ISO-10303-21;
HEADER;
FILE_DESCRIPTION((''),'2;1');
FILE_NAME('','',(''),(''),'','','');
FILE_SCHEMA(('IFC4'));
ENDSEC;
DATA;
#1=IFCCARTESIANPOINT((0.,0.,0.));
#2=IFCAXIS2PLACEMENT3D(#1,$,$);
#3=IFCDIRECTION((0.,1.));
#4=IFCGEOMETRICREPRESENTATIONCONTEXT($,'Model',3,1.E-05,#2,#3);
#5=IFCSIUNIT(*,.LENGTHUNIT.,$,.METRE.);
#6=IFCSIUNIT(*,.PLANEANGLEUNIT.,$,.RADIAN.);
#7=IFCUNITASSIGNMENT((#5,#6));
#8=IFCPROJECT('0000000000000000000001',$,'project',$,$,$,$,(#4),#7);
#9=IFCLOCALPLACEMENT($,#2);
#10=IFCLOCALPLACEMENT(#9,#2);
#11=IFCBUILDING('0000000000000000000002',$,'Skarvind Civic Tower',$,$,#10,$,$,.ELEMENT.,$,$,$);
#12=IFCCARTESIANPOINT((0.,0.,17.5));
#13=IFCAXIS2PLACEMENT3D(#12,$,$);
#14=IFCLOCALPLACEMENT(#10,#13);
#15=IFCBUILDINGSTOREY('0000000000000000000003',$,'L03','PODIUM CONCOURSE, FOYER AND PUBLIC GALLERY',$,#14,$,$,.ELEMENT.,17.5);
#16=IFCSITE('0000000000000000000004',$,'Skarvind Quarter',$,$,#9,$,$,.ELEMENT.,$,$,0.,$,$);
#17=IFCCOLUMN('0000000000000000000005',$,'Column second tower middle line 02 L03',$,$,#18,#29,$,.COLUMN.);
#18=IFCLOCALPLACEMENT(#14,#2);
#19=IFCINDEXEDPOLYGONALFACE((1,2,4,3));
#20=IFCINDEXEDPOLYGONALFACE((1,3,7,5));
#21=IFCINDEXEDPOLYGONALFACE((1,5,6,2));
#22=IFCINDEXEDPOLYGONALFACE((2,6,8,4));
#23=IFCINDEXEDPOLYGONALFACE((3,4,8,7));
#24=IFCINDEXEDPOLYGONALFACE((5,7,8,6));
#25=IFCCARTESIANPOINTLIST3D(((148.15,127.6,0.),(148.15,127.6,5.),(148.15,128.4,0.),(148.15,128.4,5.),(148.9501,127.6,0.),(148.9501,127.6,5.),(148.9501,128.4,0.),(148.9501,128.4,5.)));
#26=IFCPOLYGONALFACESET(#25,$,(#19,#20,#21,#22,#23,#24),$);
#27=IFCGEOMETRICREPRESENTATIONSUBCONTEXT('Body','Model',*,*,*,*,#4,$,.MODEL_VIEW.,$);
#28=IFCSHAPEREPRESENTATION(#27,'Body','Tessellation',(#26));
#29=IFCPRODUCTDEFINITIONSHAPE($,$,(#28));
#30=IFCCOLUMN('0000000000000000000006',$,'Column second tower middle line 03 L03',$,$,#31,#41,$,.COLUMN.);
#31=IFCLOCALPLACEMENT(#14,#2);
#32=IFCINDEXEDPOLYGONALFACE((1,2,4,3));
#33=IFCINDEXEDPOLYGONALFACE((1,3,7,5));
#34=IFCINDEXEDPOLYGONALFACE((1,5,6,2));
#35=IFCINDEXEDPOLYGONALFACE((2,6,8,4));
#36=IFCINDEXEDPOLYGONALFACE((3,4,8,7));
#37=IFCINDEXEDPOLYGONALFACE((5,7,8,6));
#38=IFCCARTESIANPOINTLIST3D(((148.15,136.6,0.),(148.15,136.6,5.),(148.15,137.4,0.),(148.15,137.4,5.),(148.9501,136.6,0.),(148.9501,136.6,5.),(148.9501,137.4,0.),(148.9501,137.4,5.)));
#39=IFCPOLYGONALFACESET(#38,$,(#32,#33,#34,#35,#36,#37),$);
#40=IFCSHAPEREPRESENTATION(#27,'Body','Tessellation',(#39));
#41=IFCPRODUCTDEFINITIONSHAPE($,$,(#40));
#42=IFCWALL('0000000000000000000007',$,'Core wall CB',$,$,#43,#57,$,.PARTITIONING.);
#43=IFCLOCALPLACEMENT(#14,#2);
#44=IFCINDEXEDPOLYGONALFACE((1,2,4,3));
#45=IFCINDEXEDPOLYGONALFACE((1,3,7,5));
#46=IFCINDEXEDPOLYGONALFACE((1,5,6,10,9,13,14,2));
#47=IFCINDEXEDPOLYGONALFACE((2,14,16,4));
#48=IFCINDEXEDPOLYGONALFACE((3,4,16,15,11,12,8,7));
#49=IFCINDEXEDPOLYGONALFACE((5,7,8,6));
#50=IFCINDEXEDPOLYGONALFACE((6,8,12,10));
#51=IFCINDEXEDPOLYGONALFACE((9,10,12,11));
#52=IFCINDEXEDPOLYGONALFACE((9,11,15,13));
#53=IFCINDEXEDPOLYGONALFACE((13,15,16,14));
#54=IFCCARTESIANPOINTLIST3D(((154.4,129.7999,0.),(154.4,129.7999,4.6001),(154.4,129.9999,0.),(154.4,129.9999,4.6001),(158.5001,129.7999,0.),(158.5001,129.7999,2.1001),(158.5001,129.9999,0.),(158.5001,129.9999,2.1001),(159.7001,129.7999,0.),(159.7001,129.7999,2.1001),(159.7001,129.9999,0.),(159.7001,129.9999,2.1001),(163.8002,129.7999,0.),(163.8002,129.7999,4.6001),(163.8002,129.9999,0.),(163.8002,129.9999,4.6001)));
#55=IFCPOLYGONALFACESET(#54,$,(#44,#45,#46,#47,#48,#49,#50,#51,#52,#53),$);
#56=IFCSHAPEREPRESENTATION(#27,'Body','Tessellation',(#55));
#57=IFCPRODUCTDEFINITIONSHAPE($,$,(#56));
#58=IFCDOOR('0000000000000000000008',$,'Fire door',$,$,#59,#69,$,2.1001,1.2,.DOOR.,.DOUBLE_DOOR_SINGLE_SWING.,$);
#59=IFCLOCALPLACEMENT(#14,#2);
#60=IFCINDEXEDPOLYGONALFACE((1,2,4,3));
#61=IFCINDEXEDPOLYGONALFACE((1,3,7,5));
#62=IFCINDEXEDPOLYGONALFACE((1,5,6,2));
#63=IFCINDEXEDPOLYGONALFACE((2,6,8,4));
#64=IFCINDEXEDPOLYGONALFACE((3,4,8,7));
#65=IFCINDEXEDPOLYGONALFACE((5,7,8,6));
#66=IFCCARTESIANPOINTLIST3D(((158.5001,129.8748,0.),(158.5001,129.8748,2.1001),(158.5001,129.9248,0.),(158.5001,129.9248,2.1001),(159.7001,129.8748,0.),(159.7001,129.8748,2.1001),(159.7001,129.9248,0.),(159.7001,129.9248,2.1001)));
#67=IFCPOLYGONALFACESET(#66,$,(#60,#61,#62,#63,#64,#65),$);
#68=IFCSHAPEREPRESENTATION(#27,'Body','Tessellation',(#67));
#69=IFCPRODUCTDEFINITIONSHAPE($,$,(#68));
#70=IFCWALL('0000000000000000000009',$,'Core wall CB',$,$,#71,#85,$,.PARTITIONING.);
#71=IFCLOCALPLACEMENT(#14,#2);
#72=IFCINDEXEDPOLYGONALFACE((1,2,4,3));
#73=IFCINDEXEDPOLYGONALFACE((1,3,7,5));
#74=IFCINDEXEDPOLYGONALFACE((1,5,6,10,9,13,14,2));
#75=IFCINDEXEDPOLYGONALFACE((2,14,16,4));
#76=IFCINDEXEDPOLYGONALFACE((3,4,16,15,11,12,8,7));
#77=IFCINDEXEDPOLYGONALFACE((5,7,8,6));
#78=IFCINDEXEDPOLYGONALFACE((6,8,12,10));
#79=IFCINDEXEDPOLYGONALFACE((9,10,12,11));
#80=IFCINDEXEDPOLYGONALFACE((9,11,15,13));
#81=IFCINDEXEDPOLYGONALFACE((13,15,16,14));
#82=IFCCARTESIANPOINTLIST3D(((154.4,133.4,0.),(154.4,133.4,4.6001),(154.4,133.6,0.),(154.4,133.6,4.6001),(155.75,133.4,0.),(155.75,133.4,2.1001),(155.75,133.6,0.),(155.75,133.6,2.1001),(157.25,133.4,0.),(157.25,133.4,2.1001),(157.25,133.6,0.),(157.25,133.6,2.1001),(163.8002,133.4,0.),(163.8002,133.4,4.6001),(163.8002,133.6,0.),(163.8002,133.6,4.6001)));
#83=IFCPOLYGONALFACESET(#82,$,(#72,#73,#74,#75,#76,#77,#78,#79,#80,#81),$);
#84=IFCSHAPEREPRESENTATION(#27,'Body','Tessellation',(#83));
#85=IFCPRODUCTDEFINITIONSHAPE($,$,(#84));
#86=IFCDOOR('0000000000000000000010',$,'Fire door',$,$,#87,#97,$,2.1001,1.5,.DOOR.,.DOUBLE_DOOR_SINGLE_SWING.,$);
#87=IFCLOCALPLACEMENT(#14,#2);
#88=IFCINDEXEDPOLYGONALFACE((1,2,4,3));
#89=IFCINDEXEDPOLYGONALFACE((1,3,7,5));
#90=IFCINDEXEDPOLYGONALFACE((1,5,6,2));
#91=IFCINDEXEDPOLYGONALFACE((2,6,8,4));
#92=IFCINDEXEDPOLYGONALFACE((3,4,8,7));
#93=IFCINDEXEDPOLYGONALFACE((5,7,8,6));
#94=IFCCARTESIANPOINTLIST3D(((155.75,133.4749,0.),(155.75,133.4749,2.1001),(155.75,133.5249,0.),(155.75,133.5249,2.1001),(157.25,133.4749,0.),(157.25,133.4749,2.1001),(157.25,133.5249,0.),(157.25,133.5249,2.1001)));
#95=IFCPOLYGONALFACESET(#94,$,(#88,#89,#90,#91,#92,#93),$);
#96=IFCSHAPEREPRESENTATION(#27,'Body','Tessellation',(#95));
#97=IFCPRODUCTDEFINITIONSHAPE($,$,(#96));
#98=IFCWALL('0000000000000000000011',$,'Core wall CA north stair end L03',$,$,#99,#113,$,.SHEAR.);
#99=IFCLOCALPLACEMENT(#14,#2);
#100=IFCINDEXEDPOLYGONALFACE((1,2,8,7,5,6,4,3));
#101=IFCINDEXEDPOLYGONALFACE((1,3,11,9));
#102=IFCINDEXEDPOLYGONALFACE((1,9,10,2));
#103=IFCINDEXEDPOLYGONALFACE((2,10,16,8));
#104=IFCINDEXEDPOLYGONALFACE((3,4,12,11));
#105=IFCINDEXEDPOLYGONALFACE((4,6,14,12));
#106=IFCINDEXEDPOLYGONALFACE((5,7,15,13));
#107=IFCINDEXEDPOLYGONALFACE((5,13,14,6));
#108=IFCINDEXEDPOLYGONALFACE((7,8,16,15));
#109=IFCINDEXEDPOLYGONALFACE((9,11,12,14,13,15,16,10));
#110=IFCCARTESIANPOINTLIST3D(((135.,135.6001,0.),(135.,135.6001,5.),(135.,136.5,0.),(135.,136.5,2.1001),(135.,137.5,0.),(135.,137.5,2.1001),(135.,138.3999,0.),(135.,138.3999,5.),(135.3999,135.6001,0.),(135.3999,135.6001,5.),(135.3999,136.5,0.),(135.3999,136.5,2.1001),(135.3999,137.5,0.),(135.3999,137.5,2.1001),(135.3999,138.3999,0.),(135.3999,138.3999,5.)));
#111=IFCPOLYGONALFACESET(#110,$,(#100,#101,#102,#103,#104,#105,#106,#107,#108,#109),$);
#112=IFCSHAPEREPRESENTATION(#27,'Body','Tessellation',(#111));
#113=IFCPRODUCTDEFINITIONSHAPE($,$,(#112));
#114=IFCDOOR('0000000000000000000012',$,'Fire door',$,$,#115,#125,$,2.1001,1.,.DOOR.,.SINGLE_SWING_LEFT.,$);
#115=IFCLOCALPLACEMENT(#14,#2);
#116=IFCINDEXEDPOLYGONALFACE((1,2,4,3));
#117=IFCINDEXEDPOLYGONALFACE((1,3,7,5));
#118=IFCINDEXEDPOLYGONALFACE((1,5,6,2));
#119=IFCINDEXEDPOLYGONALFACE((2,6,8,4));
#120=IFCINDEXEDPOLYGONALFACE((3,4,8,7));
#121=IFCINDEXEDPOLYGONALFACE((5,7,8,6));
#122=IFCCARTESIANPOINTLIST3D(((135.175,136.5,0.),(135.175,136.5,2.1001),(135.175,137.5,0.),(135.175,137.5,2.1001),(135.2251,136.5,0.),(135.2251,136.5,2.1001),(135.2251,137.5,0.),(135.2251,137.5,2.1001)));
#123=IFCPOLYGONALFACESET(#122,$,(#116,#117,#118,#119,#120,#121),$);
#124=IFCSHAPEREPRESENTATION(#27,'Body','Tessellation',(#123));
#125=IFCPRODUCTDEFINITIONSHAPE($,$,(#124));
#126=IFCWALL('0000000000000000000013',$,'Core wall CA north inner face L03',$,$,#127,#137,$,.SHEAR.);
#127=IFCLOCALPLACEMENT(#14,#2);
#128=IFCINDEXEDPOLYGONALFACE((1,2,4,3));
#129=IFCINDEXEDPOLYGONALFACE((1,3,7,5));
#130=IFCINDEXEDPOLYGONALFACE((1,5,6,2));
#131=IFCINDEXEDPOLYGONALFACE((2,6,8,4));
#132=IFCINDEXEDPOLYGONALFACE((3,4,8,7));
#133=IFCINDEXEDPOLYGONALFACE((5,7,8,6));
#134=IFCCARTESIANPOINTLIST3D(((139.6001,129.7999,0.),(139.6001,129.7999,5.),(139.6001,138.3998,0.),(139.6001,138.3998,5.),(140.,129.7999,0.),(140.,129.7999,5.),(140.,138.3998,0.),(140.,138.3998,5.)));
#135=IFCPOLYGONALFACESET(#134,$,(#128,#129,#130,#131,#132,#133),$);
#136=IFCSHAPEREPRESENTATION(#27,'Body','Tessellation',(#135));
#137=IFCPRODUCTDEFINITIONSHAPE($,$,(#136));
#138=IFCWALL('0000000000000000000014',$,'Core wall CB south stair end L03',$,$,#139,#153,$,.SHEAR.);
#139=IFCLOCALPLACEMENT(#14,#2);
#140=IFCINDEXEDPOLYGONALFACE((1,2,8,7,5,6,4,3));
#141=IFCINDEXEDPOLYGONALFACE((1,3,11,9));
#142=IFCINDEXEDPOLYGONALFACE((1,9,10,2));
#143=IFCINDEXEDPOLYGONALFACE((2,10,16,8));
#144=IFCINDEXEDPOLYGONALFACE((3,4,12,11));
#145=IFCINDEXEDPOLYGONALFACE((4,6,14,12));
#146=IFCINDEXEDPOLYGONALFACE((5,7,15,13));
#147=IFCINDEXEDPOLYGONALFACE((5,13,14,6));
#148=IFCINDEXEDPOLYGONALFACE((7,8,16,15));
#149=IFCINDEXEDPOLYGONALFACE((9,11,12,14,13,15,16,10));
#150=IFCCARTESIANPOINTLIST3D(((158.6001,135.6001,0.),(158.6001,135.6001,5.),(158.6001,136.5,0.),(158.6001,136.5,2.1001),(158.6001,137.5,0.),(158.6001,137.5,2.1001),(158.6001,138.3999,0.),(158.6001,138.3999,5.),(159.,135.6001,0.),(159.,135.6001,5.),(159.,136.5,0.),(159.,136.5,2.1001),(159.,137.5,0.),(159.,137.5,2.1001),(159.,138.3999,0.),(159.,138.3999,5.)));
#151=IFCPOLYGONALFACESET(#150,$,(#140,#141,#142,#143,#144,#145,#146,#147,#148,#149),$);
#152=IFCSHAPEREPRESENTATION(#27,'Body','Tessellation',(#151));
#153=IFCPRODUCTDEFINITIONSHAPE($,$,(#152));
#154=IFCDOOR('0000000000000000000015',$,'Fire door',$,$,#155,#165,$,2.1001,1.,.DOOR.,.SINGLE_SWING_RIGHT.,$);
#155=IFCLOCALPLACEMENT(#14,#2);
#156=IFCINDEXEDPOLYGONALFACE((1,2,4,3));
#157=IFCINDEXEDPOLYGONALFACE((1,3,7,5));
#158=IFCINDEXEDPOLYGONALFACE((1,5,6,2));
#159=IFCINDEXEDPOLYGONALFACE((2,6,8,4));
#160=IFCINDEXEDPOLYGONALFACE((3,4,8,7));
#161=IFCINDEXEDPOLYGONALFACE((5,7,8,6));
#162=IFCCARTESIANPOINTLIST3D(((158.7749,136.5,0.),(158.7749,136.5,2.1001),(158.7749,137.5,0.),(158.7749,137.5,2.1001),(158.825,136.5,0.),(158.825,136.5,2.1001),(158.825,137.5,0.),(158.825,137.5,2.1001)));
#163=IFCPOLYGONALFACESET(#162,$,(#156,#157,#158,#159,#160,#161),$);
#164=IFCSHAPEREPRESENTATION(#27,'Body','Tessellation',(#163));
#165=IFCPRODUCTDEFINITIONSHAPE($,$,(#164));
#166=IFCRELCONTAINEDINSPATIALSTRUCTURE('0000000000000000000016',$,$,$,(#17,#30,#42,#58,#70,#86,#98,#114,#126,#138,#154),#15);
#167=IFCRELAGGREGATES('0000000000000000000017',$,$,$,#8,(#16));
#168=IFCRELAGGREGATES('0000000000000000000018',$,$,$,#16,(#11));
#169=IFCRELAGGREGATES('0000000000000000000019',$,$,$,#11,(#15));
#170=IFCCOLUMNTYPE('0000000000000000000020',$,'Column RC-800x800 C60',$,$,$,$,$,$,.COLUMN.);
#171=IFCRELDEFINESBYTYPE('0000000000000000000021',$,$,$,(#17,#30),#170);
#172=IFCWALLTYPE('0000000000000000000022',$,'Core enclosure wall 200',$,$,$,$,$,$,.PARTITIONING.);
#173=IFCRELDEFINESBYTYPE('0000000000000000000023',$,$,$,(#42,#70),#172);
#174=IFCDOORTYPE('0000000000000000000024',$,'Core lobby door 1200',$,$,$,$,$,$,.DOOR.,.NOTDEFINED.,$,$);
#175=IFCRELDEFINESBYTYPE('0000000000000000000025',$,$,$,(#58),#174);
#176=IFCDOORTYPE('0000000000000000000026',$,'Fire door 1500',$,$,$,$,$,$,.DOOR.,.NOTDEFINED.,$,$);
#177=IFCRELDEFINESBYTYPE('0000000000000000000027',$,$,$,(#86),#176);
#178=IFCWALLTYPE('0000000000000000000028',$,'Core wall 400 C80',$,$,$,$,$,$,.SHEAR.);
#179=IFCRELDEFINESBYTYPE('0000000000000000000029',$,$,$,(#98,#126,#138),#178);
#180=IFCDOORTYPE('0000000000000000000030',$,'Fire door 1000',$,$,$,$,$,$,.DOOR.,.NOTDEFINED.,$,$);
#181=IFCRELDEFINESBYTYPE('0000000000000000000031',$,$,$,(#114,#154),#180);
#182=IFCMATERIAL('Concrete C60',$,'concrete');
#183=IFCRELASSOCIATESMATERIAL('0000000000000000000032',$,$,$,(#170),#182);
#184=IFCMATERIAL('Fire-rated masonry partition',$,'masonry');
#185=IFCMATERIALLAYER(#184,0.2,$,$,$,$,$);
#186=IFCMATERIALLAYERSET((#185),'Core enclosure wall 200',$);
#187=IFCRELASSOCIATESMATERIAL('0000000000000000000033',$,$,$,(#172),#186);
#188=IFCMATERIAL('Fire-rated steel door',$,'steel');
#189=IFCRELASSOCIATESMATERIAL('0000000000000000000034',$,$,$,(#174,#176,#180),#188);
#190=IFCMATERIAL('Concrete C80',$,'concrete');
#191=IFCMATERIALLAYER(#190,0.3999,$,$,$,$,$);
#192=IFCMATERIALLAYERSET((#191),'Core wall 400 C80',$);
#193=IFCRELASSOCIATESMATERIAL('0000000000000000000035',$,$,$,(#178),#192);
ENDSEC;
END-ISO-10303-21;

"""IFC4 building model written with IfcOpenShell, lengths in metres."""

from ifc_helpers import new_model, si_unit, direction, frame, frame_2d, origin, origin_2d, place, context, subcontext, project, spatial, rectangle, extrude, material, layer, layer_set, material_profile, profile_set, type_object, element, fill, save


model = new_model("IFC4")

# Units and contexts
model_context = context("Model", 3, precision=1e-05, world=origin(), true_north=direction((0.0, 1.0)))
body_context = subcontext(model_context, "Body", "Model", "MODEL_VIEW")
ifc_project = project(units=[si_unit("LENGTHUNIT", "METRE"), si_unit("PLANEANGLEUNIT", "RADIAN")], contexts=[model_context])

# Site, building, storey
site_placement = place(None, origin())
site = spatial("IfcSite", under=ifc_project, at=site_placement, Name="Skarvind Quarter", CompositionType="ELEMENT", RefElevation=0.0)
building_placement = place(site_placement, origin())
building = spatial("IfcBuilding", under=site, at=building_placement, Name="Skarvind Civic Tower", CompositionType="ELEMENT")
storey_placement = place(building_placement, frame((0.0, 0.0, 17.5)))
storey = spatial("IfcBuildingStorey", under=building, at=storey_placement, Name="L03", Description="PODIUM CONCOURSE, FOYER AND PUBLIC GALLERY", CompositionType="ELEMENT", Elevation=17.5)

# Columns
ifc_material_1 = material(Name="Concrete C60", Category="concrete")
ifc_material_profile = material_profile(ifc_material_1, rectangle(XDim=0.8, YDim=0.8, at=origin_2d()), Name="RC-800x800")
ifc_profile_set = profile_set([ifc_material_profile], Name="Concrete C60")
column_type = type_object("IfcColumnType", Name="Column RC-800x800 C60", PredefinedType="COLUMN", material=ifc_profile_set)
for number, where, z_axis, x_axis, name in (
    (1, (148.55, 128.0, 0.0), (0.0, 0.0, 1.0), (1.0, 0.0, 0.0), "Column second tower middle line 02 L03"),
    (2, (148.55, 137.0, 0.0), (0.0, 0.0, 1.0), (1.0, 0.0, 0.0), "Column second tower middle line 03 L03"),
):
    element("IfcColumn", number, at=place(storey_placement, frame(where, z_axis=z_axis, x_axis=x_axis)), inside=storey, type_object=column_type, Name=name, PredefinedType="COLUMN", context=body_context, shape_type="SweptSolid", body=[
        extrude(rectangle(XDim=0.8, YDim=0.8, at=origin_2d()), origin(), (0.0, 0.0, 1.0), 5.0),
    ])

# Walls, openings, doors
ifc_material_2 = material(Name="Fire-rated masonry partition", Category="masonry")
ifc_layer_1 = layer(ifc_material_2, 0.2)
ifc_layer_set_1 = layer_set([ifc_layer_1], Name="Core enclosure wall 200")
wall_type_1 = type_object("IfcWallType", Name="Core enclosure wall 200", PredefinedType="PARTITIONING", material=ifc_layer_set_1)
wall_1_placement = place(storey_placement, frame((154.3999, 129.8999, 0.0), z_axis=(0.0, 0.0, 1.0), x_axis=(1.0, 0.0, 0.0)))
wall_1 = element("IfcWall", 3, at=wall_1_placement, inside=storey, type_object=wall_type_1, Name="Core wall CB", PredefinedType="PARTITIONING", context=body_context, shape_type="SweptSolid", body=[
    extrude(rectangle(XDim=9.4001, YDim=0.2, at=frame_2d((4.7002, 0.0))), origin(), (0.0, 0.0, 1.0), 4.6001),
])
opening_1_placement = place(wall_1_placement, frame((4.1001, 0.0, 0.0)))
opening_1 = element("IfcOpeningElement", 4, at=opening_1_placement, cuts=wall_1, PredefinedType="OPENING", context=body_context, shape_type="SweptSolid", body=[
    extrude(rectangle(XDim=1.2, YDim=2.1001, at=frame_2d((0.6001, 1.05))), frame((0.0, 0.1099, 0.0), z_axis=(0.0, -1.0, 0.0), x_axis=(1.0, 0.0, 0.0)), (0.0, 0.0, 1.0), 0.22),
])
ifc_material_3 = material(Name="Fire-rated steel door", Category="steel")
door_type_1 = type_object("IfcDoorType", Name="Core lobby door 1200", OperationType="NOTDEFINED", PredefinedType="DOOR", material=ifc_material_3)
door_1_placement = place(opening_1_placement, origin())
door_1 = element("IfcDoor", 5, at=door_1_placement, inside=storey, type_object=door_type_1, Name="Fire door", OperationType="DOUBLE_DOOR_SINGLE_SWING", OverallHeight=2.1001, OverallWidth=1.2, PredefinedType="DOOR", context=body_context, shape_type="SweptSolid", body=[
    extrude(rectangle(XDim=1.2, YDim=2.1001, at=frame_2d((0.6001, 1.05))), frame((0.0, 0.0249, 0.0), z_axis=(0.0, -1.0, 0.0), x_axis=(1.0, 0.0, 0.0)), (0.0, 0.0, 1.0), 0.05),
])
fill(opening_1, door_1)
wall_2_placement = place(storey_placement, frame((154.3999, 133.5, 0.0), z_axis=(0.0, 0.0, 1.0), x_axis=(1.0, 0.0, 0.0)))
wall_2 = element("IfcWall", 6, at=wall_2_placement, inside=storey, type_object=wall_type_1, Name="Core wall CB", PredefinedType="PARTITIONING", context=body_context, shape_type="SweptSolid", body=[
    extrude(rectangle(XDim=9.4001, YDim=0.2, at=frame_2d((4.7002, 0.0))), origin(), (0.0, 0.0, 1.0), 4.6001),
])
opening_2_placement = place(wall_2_placement, frame((1.3501, 0.0, 0.0)))
opening_2 = element("IfcOpeningElement", 7, at=opening_2_placement, cuts=wall_2, PredefinedType="OPENING", context=body_context, shape_type="SweptSolid", body=[
    extrude(rectangle(XDim=1.5, YDim=2.1001, at=frame_2d((0.75, 1.05))), frame((0.0, 0.1099, 0.0), z_axis=(0.0, -1.0, 0.0), x_axis=(1.0, 0.0, 0.0)), (0.0, 0.0, 1.0), 0.22),
])
door_type_2 = type_object("IfcDoorType", Name="Fire door 1500", OperationType="NOTDEFINED", PredefinedType="DOOR", material=ifc_material_3)
door_2_placement = place(opening_2_placement, origin())
door_2 = element("IfcDoor", 8, at=door_2_placement, inside=storey, type_object=door_type_2, Name="Fire door", OperationType="DOUBLE_DOOR_SINGLE_SWING", OverallHeight=2.1001, OverallWidth=1.5, PredefinedType="DOOR", context=body_context, shape_type="SweptSolid", body=[
    extrude(rectangle(XDim=1.5, YDim=2.1001, at=frame_2d((0.75, 1.05))), frame((0.0, 0.0249, 0.0), z_axis=(0.0, -1.0, 0.0), x_axis=(1.0, 0.0, 0.0)), (0.0, 0.0, 1.0), 0.05),
])
fill(opening_2, door_2)
ifc_material_4 = material(Name="Concrete C80", Category="concrete")
ifc_layer_2 = layer(ifc_material_4, 0.3999)
ifc_layer_set_2 = layer_set([ifc_layer_2], Name="Core wall 400 C80")
wall_type_2 = type_object("IfcWallType", Name="Core wall 400 C80", PredefinedType="SHEAR", material=ifc_layer_set_2)
wall_3_placement = place(storey_placement, frame((135.2, 135.6001, 0.0), z_axis=(0.0, 0.0, 1.0), x_axis=(0.0, 1.0, 0.0)))
wall_3 = element("IfcWall", 9, at=wall_3_placement, inside=storey, type_object=wall_type_2, Name="Core wall CA north stair end L03", PredefinedType="SHEAR", context=body_context, shape_type="SweptSolid", body=[
    extrude(rectangle(XDim=2.7998, YDim=0.3999, at=frame_2d((1.3999, 0.0))), origin(), (0.0, 0.0, 1.0), 5.0),
])
opening_3_placement = place(wall_3_placement, frame((0.8999, 0.0, 0.0)))
opening_3 = element("IfcOpeningElement", 10, at=opening_3_placement, cuts=wall_3, PredefinedType="OPENING", context=body_context, shape_type="SweptSolid", body=[
    extrude(rectangle(XDim=1.0, YDim=2.1001, at=frame_2d((0.5, 1.05))), frame((0.0, 0.21, 0.0), z_axis=(0.0, -1.0, 0.0), x_axis=(1.0, 0.0, 0.0)), (0.0, 0.0, 1.0), 0.4199),
])
door_type_3 = type_object("IfcDoorType", Name="Fire door 1000", OperationType="NOTDEFINED", PredefinedType="DOOR", material=ifc_material_3)
door_3_placement = place(opening_3_placement, origin())
door_3 = element("IfcDoor", 11, at=door_3_placement, inside=storey, type_object=door_type_3, Name="Fire door", OperationType="SINGLE_SWING_LEFT", OverallHeight=2.1001, OverallWidth=1.0, PredefinedType="DOOR", context=body_context, shape_type="SweptSolid", body=[
    extrude(rectangle(XDim=1.0, YDim=2.1001, at=frame_2d((0.5, 1.05))), frame((0.0, 0.0249, 0.0), z_axis=(0.0, -1.0, 0.0), x_axis=(1.0, 0.0, 0.0)), (0.0, 0.0, 1.0), 0.05),
])
fill(opening_3, door_3)

# Wall
wall_4_placement = place(storey_placement, frame((139.8, 129.8, 0.0), z_axis=(0.0, 0.0, 1.0), x_axis=(0.0, 1.0, 0.0)))
element("IfcWall", 12, at=wall_4_placement, inside=storey, type_object=wall_type_2, Name="Core wall CA north inner face L03", PredefinedType="SHEAR", context=body_context, shape_type="SweptSolid", body=[
    extrude(rectangle(XDim=8.5999, YDim=0.3999, at=frame_2d((4.2998, 0.0))), origin(), (0.0, 0.0, 1.0), 5.0),
])

# Wall, opening, door
wall_5_placement = place(storey_placement, frame((158.8, 138.3999, 0.0), z_axis=(0.0, 0.0, 1.0), x_axis=(0.0, -1.0, 0.0)))
wall_5 = element("IfcWall", 13, at=wall_5_placement, inside=storey, type_object=wall_type_2, Name="Core wall CB south stair end L03", PredefinedType="SHEAR", context=body_context, shape_type="SweptSolid", body=[
    extrude(rectangle(XDim=2.7998, YDim=0.3999, at=frame_2d((1.3999, 0.0))), origin(), (0.0, 0.0, 1.0), 5.0),
])
opening_4_placement = place(wall_5_placement, frame((0.8999, 0.0, 0.0)))
opening_4 = element("IfcOpeningElement", 14, at=opening_4_placement, cuts=wall_5, PredefinedType="OPENING", context=body_context, shape_type="SweptSolid", body=[
    extrude(rectangle(XDim=1.0, YDim=2.1001, at=frame_2d((0.5, 1.05))), frame((0.0, 0.21, 0.0), z_axis=(0.0, -1.0, 0.0), x_axis=(1.0, 0.0, 0.0)), (0.0, 0.0, 1.0), 0.4199),
])
door_4_placement = place(opening_4_placement, origin())
door_4 = element("IfcDoor", 15, at=door_4_placement, inside=storey, type_object=door_type_3, Name="Fire door", OperationType="SINGLE_SWING_RIGHT", OverallHeight=2.1001, OverallWidth=1.0, PredefinedType="DOOR", context=body_context, shape_type="SweptSolid", body=[
    extrude(rectangle(XDim=1.0, YDim=2.1001, at=frame_2d((0.5, 1.05))), frame((0.0, 0.0249, 0.0), z_axis=(0.0, -1.0, 0.0), x_axis=(1.0, 0.0, 0.0)), (0.0, 0.0, 1.0), 0.05),
])
fill(opening_4, door_4)

save(model, "model.ifc")
